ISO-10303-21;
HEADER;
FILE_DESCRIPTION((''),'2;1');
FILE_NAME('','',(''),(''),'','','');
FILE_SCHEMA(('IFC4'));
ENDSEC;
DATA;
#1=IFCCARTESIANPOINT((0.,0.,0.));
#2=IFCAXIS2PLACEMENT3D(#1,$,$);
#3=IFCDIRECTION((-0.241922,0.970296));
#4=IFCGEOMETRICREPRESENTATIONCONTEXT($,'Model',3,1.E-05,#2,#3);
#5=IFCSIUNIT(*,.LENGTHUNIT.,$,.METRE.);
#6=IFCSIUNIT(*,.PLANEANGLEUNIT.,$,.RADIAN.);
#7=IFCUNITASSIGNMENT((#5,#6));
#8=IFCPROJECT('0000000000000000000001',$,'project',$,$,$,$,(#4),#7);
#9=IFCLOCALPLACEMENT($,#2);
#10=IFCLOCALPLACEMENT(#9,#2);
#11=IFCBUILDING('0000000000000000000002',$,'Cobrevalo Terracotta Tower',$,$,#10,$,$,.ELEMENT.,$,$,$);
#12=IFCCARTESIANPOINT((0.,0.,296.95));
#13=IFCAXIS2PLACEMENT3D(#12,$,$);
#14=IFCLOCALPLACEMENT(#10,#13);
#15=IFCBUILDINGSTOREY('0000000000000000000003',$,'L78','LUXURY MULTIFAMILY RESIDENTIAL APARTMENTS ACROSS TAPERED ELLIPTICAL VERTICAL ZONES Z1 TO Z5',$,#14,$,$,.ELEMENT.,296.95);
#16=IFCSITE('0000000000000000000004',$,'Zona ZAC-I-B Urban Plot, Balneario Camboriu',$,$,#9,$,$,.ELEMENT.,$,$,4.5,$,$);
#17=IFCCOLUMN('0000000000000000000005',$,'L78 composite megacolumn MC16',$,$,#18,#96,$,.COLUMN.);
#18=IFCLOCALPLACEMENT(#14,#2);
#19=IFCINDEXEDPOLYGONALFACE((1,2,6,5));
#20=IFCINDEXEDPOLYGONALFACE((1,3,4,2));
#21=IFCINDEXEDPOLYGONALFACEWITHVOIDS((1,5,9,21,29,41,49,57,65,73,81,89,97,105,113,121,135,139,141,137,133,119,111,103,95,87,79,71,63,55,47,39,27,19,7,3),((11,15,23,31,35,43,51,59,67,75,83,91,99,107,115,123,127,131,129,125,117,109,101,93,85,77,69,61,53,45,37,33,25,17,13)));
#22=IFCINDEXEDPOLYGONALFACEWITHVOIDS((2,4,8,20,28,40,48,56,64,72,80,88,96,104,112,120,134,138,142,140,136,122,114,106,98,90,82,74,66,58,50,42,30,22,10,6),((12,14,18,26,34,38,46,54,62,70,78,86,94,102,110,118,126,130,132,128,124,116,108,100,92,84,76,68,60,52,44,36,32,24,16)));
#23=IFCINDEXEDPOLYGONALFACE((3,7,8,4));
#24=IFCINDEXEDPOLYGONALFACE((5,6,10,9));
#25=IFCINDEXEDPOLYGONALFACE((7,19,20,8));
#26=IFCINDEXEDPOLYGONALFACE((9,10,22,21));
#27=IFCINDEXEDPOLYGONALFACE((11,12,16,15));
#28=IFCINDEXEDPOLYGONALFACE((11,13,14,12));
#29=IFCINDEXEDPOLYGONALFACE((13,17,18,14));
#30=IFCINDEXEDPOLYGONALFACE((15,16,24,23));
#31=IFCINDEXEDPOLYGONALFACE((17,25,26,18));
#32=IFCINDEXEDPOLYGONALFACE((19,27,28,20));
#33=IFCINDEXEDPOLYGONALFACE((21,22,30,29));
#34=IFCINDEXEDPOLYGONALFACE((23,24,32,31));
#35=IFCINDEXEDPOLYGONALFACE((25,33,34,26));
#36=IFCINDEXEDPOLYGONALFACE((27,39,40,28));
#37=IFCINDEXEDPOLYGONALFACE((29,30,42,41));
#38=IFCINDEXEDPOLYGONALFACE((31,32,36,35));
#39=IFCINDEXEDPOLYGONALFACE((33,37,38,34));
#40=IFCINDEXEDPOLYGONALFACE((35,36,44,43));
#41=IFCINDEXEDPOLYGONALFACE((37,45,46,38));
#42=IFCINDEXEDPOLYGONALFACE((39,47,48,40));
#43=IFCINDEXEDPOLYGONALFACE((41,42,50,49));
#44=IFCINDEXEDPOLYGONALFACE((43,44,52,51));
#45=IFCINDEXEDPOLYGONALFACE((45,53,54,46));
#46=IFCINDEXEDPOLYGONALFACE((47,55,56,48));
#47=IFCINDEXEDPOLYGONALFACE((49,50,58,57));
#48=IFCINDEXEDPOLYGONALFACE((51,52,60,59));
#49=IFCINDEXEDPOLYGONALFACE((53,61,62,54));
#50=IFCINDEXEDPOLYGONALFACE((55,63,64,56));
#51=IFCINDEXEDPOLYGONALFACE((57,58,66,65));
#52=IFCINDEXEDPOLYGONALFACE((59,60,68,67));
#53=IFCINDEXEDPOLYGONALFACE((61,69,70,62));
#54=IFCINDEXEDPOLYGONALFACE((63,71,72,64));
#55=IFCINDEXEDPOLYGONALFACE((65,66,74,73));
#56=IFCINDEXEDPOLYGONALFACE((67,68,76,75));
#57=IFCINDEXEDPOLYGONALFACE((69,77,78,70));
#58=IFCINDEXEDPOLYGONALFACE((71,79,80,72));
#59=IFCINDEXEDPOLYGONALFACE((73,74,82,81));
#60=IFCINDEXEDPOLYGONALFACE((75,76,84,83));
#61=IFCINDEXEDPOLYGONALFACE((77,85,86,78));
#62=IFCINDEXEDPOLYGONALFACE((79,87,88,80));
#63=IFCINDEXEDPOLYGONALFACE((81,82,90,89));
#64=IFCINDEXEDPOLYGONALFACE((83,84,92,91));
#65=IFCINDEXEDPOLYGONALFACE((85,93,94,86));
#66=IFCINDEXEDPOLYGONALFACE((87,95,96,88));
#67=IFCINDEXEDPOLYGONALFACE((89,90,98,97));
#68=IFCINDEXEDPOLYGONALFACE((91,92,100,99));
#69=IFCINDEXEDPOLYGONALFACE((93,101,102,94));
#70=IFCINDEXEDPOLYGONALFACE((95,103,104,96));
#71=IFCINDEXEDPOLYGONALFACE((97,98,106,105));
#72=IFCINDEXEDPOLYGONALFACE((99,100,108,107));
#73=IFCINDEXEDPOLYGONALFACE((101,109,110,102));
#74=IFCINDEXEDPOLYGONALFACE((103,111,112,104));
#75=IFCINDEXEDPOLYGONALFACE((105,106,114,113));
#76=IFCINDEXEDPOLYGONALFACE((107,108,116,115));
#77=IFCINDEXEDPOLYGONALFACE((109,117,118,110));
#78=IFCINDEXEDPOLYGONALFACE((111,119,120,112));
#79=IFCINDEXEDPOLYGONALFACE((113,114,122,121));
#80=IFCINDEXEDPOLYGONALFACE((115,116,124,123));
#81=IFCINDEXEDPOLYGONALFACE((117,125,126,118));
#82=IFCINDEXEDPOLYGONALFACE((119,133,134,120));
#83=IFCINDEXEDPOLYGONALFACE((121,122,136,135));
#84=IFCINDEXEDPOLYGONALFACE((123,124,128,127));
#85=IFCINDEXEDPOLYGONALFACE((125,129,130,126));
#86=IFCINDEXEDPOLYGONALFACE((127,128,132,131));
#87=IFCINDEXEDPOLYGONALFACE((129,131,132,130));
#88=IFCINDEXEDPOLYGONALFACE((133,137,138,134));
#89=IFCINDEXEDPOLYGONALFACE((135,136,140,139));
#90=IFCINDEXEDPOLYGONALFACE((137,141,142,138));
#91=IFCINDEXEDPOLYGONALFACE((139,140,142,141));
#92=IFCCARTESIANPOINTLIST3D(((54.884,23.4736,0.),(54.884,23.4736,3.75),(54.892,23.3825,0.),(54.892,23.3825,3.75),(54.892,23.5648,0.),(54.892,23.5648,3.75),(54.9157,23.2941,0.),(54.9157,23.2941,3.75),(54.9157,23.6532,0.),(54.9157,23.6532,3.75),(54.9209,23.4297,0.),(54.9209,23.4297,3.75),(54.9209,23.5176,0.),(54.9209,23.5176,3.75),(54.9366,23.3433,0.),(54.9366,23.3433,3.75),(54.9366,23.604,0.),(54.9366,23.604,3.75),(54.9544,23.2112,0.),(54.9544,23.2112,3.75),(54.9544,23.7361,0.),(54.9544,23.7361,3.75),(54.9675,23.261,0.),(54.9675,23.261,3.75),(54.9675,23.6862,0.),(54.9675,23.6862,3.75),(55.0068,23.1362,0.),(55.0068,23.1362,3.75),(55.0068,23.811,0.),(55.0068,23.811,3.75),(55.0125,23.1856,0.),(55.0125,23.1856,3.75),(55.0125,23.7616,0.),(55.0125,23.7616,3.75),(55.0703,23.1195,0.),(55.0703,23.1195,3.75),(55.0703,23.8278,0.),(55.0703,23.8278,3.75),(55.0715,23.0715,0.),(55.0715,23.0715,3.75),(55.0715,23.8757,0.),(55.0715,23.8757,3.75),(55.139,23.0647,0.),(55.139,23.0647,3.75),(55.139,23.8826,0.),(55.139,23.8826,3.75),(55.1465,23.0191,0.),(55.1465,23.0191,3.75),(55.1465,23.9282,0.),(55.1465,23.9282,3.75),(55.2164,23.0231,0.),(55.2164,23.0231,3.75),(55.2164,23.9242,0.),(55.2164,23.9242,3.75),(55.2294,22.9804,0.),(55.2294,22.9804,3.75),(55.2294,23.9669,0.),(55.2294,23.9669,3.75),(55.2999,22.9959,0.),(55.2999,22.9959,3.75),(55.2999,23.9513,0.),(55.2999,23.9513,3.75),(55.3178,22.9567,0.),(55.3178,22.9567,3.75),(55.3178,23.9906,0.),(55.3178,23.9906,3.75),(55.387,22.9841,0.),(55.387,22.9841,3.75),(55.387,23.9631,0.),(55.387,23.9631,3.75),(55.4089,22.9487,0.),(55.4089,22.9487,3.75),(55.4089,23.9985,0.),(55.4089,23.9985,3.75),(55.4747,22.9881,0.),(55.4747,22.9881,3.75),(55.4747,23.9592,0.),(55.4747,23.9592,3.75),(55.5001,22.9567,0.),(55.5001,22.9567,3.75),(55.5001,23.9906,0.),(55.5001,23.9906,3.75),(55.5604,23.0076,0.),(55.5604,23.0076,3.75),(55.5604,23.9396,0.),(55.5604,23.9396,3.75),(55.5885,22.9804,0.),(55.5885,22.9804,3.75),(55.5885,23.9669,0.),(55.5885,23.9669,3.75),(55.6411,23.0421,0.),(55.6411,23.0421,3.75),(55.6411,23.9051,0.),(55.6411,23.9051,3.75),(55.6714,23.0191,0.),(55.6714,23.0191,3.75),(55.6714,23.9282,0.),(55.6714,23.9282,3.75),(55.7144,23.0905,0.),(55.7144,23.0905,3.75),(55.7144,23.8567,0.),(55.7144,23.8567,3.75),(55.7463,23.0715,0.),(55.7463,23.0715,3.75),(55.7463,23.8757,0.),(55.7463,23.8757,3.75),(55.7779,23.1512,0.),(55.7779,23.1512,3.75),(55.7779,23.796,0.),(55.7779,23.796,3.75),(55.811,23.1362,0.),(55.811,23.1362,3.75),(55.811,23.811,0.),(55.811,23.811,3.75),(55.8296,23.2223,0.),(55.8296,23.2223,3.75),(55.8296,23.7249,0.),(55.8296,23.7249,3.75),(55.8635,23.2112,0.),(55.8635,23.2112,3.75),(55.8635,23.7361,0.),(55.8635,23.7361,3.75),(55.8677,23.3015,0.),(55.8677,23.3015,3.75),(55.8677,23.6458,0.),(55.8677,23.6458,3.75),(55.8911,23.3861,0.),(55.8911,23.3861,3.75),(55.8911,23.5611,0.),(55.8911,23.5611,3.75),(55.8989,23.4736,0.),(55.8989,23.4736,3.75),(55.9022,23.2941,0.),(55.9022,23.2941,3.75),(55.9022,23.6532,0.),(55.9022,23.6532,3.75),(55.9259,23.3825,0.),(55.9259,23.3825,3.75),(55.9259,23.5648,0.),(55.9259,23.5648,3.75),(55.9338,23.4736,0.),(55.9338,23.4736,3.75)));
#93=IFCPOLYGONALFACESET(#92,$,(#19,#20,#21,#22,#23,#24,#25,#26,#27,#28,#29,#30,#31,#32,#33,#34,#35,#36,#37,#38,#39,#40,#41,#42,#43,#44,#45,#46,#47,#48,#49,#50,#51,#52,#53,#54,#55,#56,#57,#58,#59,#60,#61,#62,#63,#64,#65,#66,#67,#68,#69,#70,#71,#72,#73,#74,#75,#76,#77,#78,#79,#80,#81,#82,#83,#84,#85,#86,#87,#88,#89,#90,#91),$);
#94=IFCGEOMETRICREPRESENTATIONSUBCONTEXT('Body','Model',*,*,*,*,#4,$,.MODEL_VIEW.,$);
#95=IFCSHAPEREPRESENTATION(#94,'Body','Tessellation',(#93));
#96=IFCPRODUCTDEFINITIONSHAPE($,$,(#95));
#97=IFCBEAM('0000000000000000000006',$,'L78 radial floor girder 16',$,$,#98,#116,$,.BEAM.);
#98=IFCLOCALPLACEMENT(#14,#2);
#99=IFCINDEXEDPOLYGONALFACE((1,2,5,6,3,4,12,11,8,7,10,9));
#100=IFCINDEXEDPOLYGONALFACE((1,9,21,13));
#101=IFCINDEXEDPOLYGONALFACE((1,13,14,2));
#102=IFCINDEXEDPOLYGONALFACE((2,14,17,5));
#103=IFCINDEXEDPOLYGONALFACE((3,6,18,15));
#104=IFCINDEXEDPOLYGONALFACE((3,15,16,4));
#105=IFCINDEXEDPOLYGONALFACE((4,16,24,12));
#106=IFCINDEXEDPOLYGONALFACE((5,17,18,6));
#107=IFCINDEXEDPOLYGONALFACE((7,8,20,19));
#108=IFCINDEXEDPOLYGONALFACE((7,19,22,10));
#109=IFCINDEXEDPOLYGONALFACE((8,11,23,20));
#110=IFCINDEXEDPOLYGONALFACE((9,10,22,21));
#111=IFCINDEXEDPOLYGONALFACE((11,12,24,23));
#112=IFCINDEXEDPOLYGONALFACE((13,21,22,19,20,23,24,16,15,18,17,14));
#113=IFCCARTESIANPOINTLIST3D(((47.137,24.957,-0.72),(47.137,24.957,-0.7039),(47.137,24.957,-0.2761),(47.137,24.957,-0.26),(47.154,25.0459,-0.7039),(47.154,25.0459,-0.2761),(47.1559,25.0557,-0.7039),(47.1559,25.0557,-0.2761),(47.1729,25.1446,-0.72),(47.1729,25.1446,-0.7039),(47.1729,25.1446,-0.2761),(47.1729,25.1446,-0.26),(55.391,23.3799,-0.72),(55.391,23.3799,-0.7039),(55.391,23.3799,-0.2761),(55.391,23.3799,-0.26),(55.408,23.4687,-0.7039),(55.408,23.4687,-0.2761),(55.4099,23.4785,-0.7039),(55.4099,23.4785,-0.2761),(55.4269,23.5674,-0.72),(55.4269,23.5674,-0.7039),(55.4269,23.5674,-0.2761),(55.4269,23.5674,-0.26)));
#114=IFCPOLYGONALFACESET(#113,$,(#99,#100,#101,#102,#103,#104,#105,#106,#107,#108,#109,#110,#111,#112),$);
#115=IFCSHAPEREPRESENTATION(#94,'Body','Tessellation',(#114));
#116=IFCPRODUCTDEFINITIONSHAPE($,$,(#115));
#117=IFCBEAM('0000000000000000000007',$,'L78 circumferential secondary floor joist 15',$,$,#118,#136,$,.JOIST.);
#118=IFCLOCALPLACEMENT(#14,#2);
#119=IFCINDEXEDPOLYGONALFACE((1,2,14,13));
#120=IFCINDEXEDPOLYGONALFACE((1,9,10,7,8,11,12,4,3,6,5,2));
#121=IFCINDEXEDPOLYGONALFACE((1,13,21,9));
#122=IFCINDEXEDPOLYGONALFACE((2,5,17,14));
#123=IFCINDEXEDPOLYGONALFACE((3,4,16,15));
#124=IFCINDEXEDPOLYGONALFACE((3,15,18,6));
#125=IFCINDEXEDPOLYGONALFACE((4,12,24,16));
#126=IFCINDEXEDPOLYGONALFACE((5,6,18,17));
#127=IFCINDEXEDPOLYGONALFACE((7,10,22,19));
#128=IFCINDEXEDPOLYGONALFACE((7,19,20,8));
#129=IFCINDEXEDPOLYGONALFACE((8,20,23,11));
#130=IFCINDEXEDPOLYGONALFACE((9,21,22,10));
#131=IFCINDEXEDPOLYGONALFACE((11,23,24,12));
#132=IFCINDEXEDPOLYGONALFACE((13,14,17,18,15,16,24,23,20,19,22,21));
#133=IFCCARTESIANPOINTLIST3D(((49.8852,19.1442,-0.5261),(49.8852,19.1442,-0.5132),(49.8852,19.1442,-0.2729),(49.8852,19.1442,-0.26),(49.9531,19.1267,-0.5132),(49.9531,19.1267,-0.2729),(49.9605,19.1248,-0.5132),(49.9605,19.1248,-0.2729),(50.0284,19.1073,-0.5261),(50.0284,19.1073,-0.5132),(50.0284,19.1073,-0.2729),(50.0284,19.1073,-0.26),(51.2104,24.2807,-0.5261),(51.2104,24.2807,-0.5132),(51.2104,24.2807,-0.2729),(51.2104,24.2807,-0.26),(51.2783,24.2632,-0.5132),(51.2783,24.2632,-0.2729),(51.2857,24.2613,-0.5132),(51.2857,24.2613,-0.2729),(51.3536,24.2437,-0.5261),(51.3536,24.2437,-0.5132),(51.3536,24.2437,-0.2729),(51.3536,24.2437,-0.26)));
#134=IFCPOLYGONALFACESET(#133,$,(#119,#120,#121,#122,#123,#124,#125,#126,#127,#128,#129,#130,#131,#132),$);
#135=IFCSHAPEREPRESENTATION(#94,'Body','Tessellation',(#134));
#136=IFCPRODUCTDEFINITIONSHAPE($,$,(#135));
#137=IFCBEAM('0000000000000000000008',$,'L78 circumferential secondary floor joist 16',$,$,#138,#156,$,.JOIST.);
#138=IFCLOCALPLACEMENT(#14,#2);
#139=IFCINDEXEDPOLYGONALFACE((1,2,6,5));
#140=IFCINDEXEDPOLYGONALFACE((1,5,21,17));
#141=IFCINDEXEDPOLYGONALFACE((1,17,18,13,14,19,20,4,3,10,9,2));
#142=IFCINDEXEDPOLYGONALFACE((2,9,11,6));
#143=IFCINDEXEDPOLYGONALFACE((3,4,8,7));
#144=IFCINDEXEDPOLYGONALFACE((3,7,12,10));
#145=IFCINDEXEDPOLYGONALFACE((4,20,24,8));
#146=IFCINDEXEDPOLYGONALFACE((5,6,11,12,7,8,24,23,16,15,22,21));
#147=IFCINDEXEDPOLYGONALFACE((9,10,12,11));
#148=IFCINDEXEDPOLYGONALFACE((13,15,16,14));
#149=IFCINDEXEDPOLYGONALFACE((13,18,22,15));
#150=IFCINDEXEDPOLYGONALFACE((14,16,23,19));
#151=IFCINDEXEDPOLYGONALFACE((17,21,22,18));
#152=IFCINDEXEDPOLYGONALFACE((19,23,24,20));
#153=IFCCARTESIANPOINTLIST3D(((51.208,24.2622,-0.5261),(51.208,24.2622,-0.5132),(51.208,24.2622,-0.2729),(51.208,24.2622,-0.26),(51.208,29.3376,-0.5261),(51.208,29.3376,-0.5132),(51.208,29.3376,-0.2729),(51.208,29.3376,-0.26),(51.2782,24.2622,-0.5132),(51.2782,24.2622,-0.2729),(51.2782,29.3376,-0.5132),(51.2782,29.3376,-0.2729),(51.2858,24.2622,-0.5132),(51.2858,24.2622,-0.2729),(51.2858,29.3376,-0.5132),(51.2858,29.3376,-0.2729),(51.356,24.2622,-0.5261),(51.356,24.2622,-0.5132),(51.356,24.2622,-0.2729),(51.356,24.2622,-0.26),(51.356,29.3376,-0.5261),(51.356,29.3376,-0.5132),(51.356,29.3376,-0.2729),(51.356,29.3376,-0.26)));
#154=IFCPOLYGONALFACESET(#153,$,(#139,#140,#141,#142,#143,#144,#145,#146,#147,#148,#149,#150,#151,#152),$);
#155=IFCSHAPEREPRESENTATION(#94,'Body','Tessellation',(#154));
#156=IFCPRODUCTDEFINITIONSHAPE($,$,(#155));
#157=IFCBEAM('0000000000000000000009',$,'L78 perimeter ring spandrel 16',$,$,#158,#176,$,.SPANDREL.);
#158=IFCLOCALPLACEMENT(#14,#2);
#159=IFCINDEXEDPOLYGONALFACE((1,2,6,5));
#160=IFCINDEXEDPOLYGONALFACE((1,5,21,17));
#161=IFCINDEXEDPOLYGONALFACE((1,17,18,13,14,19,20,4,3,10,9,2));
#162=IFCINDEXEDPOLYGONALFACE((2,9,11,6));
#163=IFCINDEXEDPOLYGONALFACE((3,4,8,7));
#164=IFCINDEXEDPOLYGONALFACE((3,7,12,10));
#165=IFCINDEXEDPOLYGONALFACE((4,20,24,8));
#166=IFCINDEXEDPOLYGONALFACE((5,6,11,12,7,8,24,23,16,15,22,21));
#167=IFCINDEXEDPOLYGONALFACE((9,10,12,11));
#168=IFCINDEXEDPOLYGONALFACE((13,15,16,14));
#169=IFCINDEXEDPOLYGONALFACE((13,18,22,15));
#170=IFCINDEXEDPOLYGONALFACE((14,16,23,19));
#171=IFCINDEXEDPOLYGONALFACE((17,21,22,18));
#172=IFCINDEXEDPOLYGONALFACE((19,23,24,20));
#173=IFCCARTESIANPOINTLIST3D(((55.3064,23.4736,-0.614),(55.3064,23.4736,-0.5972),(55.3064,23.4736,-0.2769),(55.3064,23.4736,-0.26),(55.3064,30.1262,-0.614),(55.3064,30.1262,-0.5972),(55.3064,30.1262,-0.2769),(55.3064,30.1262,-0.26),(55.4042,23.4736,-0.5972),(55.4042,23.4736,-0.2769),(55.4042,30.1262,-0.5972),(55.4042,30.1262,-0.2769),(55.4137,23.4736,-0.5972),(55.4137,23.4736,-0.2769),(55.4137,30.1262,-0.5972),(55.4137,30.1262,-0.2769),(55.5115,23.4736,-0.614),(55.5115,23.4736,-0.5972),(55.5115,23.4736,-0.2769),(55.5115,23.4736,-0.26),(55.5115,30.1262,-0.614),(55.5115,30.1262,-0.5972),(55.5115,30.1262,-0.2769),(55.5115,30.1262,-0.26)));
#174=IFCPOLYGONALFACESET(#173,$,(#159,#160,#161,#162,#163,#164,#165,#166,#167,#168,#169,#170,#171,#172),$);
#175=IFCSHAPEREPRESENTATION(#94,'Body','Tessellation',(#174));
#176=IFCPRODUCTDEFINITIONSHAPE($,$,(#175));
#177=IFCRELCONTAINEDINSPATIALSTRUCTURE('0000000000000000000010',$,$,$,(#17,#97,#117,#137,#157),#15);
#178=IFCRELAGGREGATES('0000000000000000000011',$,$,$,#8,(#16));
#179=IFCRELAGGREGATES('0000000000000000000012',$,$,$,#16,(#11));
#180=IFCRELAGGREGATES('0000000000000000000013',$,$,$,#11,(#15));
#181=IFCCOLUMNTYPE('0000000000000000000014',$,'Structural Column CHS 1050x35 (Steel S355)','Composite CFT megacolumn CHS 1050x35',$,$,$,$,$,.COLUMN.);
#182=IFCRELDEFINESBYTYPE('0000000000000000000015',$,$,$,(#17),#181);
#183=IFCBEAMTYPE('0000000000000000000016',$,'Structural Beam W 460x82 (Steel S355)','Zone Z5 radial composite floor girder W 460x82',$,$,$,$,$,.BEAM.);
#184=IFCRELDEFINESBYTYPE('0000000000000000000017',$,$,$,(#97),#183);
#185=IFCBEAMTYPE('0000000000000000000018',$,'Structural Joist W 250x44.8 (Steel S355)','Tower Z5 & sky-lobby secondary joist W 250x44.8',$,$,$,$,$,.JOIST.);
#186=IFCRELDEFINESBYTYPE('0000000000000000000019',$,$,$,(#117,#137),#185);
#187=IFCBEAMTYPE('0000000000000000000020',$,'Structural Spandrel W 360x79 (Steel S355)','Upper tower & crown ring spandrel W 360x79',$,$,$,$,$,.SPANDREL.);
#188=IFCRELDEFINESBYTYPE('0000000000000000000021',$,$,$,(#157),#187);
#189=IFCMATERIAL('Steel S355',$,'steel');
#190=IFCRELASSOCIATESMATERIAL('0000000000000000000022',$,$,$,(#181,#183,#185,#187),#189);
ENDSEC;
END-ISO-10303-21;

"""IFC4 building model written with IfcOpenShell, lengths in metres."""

from ifc_helpers import new_model, si_unit, direction, frame, origin, origin_2d, place, context, subcontext, project, spatial, hollow_circle, i_section, extrude, material, material_profile, profile_set, type_object, element, save


model = new_model("IFC4")

# Units and contexts
model_context = context("Model", 3, precision=1e-05, world=origin(), true_north=direction((-0.241922, 0.970296)))
body_context = subcontext(model_context, "Body", "Model", "MODEL_VIEW")
ifc_project = project(units=[si_unit("LENGTHUNIT", "METRE"), si_unit("PLANEANGLEUNIT", "RADIAN")], contexts=[model_context])

# Site, building, storey
site_placement = place(None, origin())
site = spatial("IfcSite", under=ifc_project, at=site_placement, Name="Zona ZAC-I-B Urban Plot, Balneario Camboriu", CompositionType="ELEMENT", RefElevation=4.5)
building_placement = place(site_placement, origin())
building = spatial("IfcBuilding", under=site, at=building_placement, Name="Cobrevalo Terracotta Tower", CompositionType="ELEMENT")
storey_placement = place(building_placement, frame((0.0, 0.0, 296.95)))
storey = spatial("IfcBuildingStorey", under=building, at=storey_placement, Name="L78", Description="LUXURY MULTIFAMILY RESIDENTIAL APARTMENTS ACROSS TAPERED ELLIPTICAL VERTICAL ZONES Z1 TO Z5", CompositionType="ELEMENT", Elevation=296.95)

# Column
ifc_material_1 = material(Name="Steel S355", Category="steel")
ifc_material_profile_1 = material_profile(ifc_material_1, hollow_circle(Radius=0.5249, WallThickness=0.0349, at=origin_2d()), Name="CHS 1050x35")
ifc_profile_set_1 = profile_set([ifc_material_profile_1], Name="Steel S355")
column_type = type_object("IfcColumnType", Name="Structural Column CHS 1050x35 (Steel S355)", Description="Composite CFT megacolumn CHS 1050x35", PredefinedType="COLUMN", material=ifc_profile_set_1)
column_placement = place(storey_placement, frame((55.4089, 23.4736, 0.0), z_axis=(0.0, 0.0, 1.0), x_axis=(1.0, 0.0, 0.0)))
element("IfcColumn", 1, at=column_placement, inside=storey, type_object=column_type, Name="L78 composite megacolumn MC16", PredefinedType="COLUMN", context=body_context, shape_type="SweptSolid", body=[
    extrude(hollow_circle(Radius=0.5249, WallThickness=0.0349, at=origin_2d()), origin(), (0.0, 0.0, 1.0), 3.75),
])

# Beams
ifc_material_profile_2 = material_profile(ifc_material_1, i_section(OverallWidth=0.1909, OverallDepth=0.46, WebThickness=0.01, FlangeThickness=0.0161, at=origin_2d()), Name="W 460x82")
ifc_profile_set_2 = profile_set([ifc_material_profile_2], Name="Steel S355")
beam_type_1 = type_object("IfcBeamType", Name="Structural Beam W 460x82 (Steel S355)", Description="Zone Z5 radial composite floor girder W 460x82", PredefinedType="BEAM", material=ifc_profile_set_2)
beam_1_placement = place(storey_placement, frame((55.4089, 23.4736, -0.49), z_axis=(-0.98223, 0.187683, 0.0), x_axis=(-0.187683, -0.98223, 0.0)))
element("IfcBeam", 2, at=beam_1_placement, inside=storey, type_object=beam_type_1, Name="L78 radial floor girder 16", PredefinedType="BEAM", context=body_context, shape_type="SweptSolid", body=[
    extrude(i_section(OverallWidth=0.1909, OverallDepth=0.46, WebThickness=0.01, FlangeThickness=0.0161, at=origin_2d()), origin(), (0.0, 0.0, 1.0), 8.4033),
])
ifc_material_profile_3 = material_profile(ifc_material_1, i_section(OverallWidth=0.1479, OverallDepth=0.2661, WebThickness=0.0076, FlangeThickness=0.0129, at=origin_2d()), Name="W 250x44.8")
ifc_profile_set_3 = profile_set([ifc_material_profile_3], Name="Steel S355")
beam_type_2 = type_object("IfcBeamType", Name="Structural Joist W 250x44.8 (Steel S355)", Description="Tower Z5 & sky-lobby secondary joist W 250x44.8", PredefinedType="JOIST", material=ifc_profile_set_3)
beam_2_placement = place(storey_placement, frame((49.9568, 19.1257, -0.3931), z_axis=(0.249817, 0.968293, 0.0), x_axis=(-0.968293, 0.249817, 0.0)))
element("IfcBeam", 3, at=beam_2_placement, inside=storey, type_object=beam_type_2, Name="L78 circumferential secondary floor joist 15", PredefinedType="JOIST", context=body_context, shape_type="SweptSolid", body=[
    extrude(i_section(OverallWidth=0.1479, OverallDepth=0.2661, WebThickness=0.0076, FlangeThickness=0.0129, at=origin_2d()), origin(), (0.0, 0.0, 1.0), 5.3047),
])
beam_3_placement = place(storey_placement, frame((51.282, 24.2622, -0.3931), z_axis=(0.0, 1.0, 0.0), x_axis=(-1.0, 0.0, 0.0)))
element("IfcBeam", 4, at=beam_3_placement, inside=storey, type_object=beam_type_2, Name="L78 circumferential secondary floor joist 16", PredefinedType="JOIST", context=body_context, shape_type="SweptSolid", body=[
    extrude(i_section(OverallWidth=0.1479, OverallDepth=0.2661, WebThickness=0.0076, FlangeThickness=0.0129, at=origin_2d()), origin(), (0.0, 0.0, 1.0), 5.0754),
])
ifc_material_profile_4 = material_profile(ifc_material_1, i_section(OverallWidth=0.2051, OverallDepth=0.354, WebThickness=0.0095, FlangeThickness=0.0168, at=origin_2d()), Name="W 360x79")
ifc_profile_set_4 = profile_set([ifc_material_profile_4], Name="Steel S355")
beam_type_3 = type_object("IfcBeamType", Name="Structural Spandrel W 360x79 (Steel S355)", Description="Upper tower & crown ring spandrel W 360x79", PredefinedType="SPANDREL", material=ifc_profile_set_4)
beam_4_placement = place(storey_placement, frame((55.4089, 23.4736, -0.437), z_axis=(0.0, 1.0, 0.0), x_axis=(-1.0, 0.0, 0.0)))
element("IfcBeam", 5, at=beam_4_placement, inside=storey, type_object=beam_type_3, Name="L78 perimeter ring spandrel 16", PredefinedType="SPANDREL", context=body_context, shape_type="SweptSolid", body=[
    extrude(i_section(OverallWidth=0.2051, OverallDepth=0.354, WebThickness=0.0095, FlangeThickness=0.0168, at=origin_2d()), origin(), (0.0, 0.0, 1.0), 6.6526),
])

save(model, "model.ifc")
